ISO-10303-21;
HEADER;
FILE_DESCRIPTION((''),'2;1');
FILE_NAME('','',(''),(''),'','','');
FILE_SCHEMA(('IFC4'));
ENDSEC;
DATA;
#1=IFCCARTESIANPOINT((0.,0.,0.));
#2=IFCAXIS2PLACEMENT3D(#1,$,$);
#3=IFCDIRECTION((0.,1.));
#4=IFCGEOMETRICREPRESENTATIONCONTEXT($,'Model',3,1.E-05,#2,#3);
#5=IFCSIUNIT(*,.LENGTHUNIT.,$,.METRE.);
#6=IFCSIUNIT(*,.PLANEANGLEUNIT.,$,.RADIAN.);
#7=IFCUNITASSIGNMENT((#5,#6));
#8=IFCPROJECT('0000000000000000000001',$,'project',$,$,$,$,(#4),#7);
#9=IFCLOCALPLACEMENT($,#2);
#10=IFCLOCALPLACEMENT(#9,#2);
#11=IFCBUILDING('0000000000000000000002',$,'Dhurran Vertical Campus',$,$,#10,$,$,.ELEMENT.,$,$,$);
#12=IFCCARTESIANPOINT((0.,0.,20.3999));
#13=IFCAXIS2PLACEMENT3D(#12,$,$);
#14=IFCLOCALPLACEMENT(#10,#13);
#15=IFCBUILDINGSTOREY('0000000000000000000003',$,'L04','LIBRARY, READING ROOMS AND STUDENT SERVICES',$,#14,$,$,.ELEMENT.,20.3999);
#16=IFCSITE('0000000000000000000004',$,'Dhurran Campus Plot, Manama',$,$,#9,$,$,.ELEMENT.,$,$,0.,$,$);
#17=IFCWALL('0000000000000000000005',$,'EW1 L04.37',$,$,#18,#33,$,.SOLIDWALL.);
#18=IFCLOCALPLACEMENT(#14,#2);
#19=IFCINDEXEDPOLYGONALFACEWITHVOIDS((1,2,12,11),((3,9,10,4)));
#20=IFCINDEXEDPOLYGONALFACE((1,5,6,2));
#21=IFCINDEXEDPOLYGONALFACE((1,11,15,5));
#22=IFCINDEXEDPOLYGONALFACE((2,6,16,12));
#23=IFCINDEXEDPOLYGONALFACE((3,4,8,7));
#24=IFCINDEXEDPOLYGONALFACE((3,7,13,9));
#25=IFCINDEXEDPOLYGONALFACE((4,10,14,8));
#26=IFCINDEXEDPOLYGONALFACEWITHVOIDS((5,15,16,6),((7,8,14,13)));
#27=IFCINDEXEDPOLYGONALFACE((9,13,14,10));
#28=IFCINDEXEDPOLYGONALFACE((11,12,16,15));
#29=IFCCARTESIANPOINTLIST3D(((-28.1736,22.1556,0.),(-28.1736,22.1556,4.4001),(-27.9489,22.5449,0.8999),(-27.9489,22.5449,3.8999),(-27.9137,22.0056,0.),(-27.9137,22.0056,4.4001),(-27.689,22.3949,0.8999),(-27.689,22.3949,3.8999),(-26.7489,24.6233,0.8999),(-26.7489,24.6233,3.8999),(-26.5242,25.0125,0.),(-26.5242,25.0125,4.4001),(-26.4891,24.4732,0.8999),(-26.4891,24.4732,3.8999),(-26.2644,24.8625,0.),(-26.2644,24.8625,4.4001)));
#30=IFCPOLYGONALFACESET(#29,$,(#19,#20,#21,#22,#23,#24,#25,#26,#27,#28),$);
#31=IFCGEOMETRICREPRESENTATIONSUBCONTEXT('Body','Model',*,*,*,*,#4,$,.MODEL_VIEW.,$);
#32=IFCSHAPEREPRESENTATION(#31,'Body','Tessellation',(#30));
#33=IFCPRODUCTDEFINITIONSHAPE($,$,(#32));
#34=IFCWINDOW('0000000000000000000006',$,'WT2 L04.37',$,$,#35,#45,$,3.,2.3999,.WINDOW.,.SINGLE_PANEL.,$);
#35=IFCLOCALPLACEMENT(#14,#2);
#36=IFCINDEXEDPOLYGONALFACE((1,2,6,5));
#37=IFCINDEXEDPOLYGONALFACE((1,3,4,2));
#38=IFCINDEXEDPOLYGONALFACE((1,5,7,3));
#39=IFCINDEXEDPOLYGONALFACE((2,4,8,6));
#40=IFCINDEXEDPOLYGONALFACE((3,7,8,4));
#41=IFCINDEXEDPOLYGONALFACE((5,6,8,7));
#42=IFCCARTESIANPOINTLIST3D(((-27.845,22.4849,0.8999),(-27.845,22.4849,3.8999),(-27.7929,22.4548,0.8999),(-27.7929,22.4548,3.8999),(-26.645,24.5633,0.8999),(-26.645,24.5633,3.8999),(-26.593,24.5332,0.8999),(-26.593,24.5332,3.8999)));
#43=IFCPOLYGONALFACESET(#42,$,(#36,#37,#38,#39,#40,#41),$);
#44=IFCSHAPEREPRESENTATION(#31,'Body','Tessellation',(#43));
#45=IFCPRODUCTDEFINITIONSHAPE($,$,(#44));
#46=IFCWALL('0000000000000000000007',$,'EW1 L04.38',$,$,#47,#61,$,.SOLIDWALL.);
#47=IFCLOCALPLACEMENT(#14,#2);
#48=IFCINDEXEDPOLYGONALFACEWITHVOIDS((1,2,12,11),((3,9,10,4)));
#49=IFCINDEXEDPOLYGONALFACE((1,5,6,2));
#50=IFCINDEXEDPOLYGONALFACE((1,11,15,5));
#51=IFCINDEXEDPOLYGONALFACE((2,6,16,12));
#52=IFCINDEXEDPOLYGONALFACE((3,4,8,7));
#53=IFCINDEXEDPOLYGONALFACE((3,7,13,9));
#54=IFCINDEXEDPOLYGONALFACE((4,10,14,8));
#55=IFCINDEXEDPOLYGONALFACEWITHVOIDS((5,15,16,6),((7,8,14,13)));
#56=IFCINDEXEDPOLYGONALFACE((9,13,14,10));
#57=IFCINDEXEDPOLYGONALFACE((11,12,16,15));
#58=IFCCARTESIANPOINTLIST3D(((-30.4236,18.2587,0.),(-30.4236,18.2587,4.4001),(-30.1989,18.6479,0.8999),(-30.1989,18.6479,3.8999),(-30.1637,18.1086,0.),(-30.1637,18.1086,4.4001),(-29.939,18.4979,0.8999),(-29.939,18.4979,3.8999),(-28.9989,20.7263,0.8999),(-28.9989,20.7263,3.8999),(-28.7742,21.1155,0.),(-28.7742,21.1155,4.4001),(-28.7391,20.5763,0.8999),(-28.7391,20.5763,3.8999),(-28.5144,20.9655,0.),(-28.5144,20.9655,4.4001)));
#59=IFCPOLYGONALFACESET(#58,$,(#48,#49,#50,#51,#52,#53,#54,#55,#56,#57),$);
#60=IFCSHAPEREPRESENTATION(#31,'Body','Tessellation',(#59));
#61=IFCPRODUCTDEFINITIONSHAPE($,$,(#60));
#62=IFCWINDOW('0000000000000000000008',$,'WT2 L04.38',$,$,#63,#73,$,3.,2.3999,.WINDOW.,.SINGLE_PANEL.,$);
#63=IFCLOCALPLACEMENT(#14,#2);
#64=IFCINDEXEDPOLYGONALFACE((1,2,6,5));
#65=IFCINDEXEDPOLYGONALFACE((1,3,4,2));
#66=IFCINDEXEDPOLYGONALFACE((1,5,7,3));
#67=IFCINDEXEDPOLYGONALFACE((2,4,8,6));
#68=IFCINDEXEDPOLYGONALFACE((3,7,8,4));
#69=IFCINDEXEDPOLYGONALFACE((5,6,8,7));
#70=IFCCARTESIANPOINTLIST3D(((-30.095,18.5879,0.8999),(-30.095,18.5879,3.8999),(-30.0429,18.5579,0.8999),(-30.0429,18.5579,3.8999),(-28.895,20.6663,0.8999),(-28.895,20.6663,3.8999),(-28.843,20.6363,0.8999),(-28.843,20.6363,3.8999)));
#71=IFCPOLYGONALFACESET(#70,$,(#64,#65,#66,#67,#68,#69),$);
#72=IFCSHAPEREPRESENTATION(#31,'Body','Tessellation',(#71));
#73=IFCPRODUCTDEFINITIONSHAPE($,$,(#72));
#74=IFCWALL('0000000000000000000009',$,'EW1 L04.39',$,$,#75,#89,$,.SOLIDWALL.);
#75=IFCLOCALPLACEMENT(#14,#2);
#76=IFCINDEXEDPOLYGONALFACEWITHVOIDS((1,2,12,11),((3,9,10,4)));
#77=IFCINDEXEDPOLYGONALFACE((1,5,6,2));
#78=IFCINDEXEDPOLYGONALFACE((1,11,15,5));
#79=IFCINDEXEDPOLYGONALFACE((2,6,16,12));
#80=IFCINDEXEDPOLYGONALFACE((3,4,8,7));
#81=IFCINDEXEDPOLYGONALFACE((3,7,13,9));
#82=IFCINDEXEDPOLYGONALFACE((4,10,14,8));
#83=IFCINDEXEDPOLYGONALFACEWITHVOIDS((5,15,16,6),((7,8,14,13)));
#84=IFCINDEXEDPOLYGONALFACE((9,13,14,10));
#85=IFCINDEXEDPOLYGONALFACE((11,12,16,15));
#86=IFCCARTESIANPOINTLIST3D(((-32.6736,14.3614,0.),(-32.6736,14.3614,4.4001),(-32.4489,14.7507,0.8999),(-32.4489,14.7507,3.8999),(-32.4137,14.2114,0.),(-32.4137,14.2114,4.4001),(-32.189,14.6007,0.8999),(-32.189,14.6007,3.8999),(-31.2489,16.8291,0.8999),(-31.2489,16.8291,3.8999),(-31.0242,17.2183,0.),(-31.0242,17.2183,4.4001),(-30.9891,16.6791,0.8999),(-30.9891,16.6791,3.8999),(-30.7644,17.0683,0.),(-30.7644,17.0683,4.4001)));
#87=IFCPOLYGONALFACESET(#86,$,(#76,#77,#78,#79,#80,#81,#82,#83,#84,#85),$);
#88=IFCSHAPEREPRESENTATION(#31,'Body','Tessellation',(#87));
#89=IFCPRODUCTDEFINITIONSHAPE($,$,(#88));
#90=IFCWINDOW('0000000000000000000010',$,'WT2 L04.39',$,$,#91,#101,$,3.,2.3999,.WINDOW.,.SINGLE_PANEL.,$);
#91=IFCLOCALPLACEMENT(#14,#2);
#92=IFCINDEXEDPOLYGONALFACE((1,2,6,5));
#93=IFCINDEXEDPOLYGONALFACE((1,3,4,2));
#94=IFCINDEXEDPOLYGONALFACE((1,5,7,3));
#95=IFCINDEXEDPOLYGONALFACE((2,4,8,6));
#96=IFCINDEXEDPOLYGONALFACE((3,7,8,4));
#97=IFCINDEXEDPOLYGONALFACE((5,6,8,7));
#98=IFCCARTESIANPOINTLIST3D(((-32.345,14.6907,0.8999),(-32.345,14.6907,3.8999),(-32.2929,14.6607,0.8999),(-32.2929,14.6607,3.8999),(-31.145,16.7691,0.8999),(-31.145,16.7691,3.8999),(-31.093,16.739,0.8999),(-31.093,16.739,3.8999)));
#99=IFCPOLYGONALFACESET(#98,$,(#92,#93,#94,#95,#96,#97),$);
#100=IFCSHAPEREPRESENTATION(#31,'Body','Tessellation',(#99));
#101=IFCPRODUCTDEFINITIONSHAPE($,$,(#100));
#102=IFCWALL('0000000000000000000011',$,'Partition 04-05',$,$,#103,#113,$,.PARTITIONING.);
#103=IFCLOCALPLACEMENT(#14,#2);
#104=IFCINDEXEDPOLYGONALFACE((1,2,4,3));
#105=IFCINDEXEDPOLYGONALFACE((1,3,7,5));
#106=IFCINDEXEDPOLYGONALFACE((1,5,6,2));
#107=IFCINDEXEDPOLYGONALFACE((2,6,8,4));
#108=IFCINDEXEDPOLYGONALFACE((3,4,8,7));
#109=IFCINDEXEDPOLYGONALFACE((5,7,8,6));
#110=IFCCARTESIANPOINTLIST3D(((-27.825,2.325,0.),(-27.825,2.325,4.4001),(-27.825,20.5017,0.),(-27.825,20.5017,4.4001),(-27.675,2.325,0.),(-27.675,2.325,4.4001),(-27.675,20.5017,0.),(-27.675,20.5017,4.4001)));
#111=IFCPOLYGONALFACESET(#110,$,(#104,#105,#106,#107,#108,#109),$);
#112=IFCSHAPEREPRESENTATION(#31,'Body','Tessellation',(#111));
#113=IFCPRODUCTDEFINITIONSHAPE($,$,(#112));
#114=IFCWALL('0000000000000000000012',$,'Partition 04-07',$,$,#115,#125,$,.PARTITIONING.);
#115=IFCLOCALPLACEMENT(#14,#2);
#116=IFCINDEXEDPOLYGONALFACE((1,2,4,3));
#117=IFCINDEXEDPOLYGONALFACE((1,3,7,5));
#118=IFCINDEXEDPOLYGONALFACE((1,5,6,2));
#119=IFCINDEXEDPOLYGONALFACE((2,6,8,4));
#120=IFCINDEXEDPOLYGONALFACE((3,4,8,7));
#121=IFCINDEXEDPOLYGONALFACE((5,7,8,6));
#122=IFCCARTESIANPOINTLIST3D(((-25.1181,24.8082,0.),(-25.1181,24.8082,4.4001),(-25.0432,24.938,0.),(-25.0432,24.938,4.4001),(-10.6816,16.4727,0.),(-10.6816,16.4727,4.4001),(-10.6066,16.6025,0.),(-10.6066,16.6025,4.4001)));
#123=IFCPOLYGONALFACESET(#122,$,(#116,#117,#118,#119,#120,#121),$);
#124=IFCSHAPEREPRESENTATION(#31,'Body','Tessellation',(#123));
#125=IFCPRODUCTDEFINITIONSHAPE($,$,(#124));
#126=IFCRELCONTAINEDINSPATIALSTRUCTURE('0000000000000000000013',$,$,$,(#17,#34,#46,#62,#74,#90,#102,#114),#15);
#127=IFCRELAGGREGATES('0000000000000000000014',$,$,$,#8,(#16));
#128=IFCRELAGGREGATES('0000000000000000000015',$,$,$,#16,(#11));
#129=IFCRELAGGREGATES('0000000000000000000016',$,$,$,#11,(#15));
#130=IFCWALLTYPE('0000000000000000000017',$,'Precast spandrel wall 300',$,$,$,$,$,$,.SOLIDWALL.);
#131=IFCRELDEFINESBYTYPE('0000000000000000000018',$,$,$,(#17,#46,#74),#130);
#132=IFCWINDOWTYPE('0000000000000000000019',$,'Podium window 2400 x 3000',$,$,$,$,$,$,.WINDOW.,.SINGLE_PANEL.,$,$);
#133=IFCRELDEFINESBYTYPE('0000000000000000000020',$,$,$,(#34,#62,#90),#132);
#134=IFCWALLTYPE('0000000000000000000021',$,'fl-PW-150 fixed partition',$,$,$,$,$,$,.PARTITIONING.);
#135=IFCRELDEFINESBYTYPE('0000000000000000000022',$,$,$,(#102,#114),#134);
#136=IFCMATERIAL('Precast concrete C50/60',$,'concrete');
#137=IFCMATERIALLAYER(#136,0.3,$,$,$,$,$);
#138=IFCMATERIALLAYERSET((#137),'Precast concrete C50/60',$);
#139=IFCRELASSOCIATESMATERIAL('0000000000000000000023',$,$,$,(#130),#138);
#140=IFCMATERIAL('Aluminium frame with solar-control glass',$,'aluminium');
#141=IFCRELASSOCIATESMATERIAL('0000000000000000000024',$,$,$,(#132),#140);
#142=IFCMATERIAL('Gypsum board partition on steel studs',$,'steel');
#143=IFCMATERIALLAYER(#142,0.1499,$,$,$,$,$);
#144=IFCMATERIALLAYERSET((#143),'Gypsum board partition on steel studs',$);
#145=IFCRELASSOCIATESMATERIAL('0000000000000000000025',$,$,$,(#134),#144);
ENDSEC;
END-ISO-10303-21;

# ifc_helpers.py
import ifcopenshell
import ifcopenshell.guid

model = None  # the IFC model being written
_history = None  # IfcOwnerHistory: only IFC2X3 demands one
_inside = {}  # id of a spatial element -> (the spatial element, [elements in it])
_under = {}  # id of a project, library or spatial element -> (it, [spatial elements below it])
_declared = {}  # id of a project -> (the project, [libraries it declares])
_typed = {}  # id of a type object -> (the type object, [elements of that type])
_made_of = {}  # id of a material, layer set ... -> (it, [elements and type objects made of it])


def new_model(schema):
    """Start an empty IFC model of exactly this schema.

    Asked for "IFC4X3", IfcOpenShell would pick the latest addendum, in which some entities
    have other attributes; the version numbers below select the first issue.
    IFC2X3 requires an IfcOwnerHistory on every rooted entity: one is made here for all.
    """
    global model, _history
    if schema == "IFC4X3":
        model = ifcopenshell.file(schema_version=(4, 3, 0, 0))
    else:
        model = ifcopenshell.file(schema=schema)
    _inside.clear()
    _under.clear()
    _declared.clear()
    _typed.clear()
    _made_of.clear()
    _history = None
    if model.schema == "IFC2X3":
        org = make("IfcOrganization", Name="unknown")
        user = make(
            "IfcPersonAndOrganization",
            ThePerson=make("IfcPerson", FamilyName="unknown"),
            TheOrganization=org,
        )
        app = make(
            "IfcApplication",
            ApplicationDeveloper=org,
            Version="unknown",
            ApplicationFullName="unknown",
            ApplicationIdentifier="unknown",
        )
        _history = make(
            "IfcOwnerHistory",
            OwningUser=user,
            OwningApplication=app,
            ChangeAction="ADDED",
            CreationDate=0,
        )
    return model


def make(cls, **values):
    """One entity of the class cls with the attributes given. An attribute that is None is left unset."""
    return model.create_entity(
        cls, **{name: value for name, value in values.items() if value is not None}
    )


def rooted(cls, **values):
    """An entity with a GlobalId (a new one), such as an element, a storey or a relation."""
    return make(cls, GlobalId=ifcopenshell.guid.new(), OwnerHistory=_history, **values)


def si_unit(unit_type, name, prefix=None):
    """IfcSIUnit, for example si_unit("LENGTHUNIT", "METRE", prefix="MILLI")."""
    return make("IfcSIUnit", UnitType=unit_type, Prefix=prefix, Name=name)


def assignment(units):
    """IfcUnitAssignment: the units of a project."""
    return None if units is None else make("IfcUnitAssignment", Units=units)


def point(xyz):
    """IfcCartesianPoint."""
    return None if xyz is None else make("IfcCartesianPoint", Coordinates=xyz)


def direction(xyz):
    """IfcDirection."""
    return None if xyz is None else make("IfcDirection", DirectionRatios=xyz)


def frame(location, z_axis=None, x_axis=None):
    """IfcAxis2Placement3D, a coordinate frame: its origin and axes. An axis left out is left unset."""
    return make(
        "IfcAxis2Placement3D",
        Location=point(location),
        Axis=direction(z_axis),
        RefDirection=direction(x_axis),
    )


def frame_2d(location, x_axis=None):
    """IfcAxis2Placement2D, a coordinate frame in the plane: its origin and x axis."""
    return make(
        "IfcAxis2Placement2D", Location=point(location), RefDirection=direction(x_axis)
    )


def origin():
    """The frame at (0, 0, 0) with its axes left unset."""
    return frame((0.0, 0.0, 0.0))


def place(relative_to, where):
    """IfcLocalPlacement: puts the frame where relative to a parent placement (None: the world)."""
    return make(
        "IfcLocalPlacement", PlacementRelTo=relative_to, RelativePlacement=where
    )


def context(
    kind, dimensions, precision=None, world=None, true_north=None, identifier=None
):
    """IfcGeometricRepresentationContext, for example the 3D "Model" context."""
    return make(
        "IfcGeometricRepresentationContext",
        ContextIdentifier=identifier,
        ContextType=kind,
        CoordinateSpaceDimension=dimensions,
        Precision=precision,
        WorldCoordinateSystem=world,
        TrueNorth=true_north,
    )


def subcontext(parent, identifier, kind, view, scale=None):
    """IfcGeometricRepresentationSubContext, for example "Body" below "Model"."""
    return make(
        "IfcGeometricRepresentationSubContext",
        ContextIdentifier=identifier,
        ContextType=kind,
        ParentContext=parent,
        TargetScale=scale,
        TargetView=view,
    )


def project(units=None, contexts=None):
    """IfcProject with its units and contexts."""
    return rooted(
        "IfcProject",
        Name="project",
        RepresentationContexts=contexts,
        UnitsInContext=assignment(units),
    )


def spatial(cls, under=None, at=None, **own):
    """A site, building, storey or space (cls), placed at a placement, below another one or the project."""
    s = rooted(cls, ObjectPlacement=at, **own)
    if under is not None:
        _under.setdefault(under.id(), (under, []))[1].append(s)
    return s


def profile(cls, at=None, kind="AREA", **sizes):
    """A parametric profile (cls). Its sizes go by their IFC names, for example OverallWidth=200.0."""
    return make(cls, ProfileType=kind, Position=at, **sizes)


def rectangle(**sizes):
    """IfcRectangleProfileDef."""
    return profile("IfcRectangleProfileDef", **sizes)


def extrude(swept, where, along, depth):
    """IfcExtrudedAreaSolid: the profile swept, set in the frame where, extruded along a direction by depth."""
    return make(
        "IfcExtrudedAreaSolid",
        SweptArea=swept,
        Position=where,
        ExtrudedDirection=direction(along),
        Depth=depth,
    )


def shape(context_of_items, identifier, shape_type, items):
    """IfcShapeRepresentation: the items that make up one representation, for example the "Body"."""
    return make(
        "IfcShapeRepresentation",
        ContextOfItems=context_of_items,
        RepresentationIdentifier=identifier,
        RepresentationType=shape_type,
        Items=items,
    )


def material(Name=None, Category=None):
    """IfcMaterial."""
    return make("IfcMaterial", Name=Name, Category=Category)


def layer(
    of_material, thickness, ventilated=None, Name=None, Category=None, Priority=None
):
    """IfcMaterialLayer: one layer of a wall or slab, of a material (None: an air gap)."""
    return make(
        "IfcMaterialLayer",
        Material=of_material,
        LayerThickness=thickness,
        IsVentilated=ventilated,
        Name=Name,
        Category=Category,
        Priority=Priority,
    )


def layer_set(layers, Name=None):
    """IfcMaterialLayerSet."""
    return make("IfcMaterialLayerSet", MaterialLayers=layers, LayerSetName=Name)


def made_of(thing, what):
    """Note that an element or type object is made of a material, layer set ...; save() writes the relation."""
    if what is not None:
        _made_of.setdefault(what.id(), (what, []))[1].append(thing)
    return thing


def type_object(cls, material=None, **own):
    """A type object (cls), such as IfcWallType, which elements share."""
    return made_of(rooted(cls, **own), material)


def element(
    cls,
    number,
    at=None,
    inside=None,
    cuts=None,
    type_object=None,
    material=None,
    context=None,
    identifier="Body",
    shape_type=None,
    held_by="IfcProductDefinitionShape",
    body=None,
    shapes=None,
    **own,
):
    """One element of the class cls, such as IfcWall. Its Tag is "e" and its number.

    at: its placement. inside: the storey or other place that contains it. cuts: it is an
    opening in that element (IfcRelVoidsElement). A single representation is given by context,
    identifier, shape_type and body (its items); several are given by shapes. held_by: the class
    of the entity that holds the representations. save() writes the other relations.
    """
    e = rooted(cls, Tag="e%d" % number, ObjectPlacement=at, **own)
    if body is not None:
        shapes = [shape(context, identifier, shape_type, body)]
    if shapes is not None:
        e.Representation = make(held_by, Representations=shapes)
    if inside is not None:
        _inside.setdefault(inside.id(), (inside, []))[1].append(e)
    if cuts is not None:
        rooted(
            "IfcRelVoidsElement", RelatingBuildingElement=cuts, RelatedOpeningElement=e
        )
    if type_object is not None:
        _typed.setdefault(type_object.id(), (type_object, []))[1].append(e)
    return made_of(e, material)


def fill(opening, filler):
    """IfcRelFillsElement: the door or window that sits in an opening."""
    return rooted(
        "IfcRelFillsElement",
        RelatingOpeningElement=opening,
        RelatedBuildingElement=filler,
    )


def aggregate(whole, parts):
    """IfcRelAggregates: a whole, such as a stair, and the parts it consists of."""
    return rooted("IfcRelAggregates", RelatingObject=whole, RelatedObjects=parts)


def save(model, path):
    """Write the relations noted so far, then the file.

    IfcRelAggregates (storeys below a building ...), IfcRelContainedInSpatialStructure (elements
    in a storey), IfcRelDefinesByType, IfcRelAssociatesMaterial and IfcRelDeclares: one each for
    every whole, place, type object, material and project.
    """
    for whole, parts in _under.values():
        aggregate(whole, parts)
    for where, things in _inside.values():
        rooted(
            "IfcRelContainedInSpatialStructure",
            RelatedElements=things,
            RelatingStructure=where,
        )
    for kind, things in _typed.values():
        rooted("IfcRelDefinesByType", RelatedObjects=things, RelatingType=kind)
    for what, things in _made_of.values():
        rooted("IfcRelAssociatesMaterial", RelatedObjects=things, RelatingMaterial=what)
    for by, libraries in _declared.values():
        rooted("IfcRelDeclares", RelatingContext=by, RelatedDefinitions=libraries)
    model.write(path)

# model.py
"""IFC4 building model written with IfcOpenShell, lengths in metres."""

from ifc_helpers import new_model, si_unit, direction, frame, frame_2d, origin, place, context, subcontext, project, spatial, rectangle, extrude, material, layer, layer_set, type_object, element, fill, save


model = new_model("IFC4")

# Units and contexts
model_context = context("Model", 3, precision=1e-05, world=origin(), true_north=direction((0.0, 1.0)))
body_context = subcontext(model_context, "Body", "Model", "MODEL_VIEW")
ifc_project = project(units=[si_unit("LENGTHUNIT", "METRE"), si_unit("PLANEANGLEUNIT", "RADIAN")], contexts=[model_context])

# Site, building, storey
site_placement = place(None, origin())
site = spatial("IfcSite", under=ifc_project, at=site_placement, Name="Dhurran Campus Plot, Manama", CompositionType="ELEMENT", RefElevation=0.0)
building_placement = place(site_placement, origin())
building = spatial("IfcBuilding", under=site, at=building_placement, Name="Dhurran Vertical Campus", CompositionType="ELEMENT")
storey_placement = place(building_placement, frame((0.0, 0.0, 20.3999)))
storey = spatial("IfcBuildingStorey", under=building, at=storey_placement, Name="L04", Description="LIBRARY, READING ROOMS AND STUDENT SERVICES", CompositionType="ELEMENT", Elevation=20.3999)

# Walls, openings, windows
ifc_material_1 = material(Name="Precast concrete C50/60", Category="concrete")
ifc_layer_1 = layer(ifc_material_1, 0.3)
ifc_layer_set_1 = layer_set([ifc_layer_1], Name="Precast concrete C50/60")
wall_type_1 = type_object("IfcWallType", Name="Precast spandrel wall 300", PredefinedType="SOLIDWALL", material=ifc_layer_set_1)
ifc_material_2 = material(Name="Aluminium frame with solar-control glass", Category="aluminium")
window_type = type_object("IfcWindowType", Name="Podium window 2400 x 3000", PartitioningType="SINGLE_PANEL", PredefinedType="WINDOW", material=ifc_material_2)
wall_1_placement = place(storey_placement, frame((-26.3943, 24.9375, 0.0), z_axis=(0.0, 0.0, 1.0), x_axis=(-0.499992, -0.86603, 0.0)))
wall_1 = element("IfcWall", 1, at=wall_1_placement, inside=storey, type_object=wall_type_1, Name="EW1 L04.37", PredefinedType="SOLIDWALL", context=body_context, shape_type="SweptSolid", body=[
    extrude(rectangle(XDim=3.2988, YDim=0.3, at=frame_2d((1.6494, 0.0))), origin(), (0.0, 0.0, 1.0), 4.4001),
])
opening_1_placement = place(wall_1_placement, frame((0.4495, 0.0, 0.8999)))
opening_1 = element("IfcOpeningElement", 2, at=opening_1_placement, cuts=wall_1, PredefinedType="OPENING", context=body_context, shape_type="SweptSolid", body=[
    extrude(rectangle(XDim=2.3999, YDim=3.0, at=frame_2d((1.2, 1.5))), frame((0.0, 0.1599, 0.0), z_axis=(0.0, -1.0, 0.0), x_axis=(1.0, 0.0, 0.0)), (0.0, 0.0, 1.0), 0.3201),
])
window_1_placement = place(opening_1_placement, origin())
window_1 = element("IfcWindow", 3, at=window_1_placement, inside=storey, type_object=window_type, Name="WT2 L04.37", OverallHeight=3.0, OverallWidth=2.3999, PartitioningType="SINGLE_PANEL", PredefinedType="WINDOW", context=body_context, shape_type="SweptSolid", body=[
    extrude(rectangle(XDim=2.3999, YDim=3.0, at=frame_2d((1.2, 1.5))), frame((0.0, 0.03, 0.0), z_axis=(0.0, -1.0, 0.0), x_axis=(1.0, 0.0, 0.0)), (0.0, 0.0, 1.0), 0.0601),
])
fill(opening_1, window_1)
wall_2_placement = place(storey_placement, frame((-28.6443, 21.0405, 0.0), z_axis=(0.0, 0.0, 1.0), x_axis=(-0.499992, -0.86603, 0.0)))
wall_2 = element("IfcWall", 4, at=wall_2_placement, inside=storey, type_object=wall_type_1, Name="EW1 L04.38", PredefinedType="SOLIDWALL", context=body_context, shape_type="SweptSolid", body=[
    extrude(rectangle(XDim=3.2988, YDim=0.3, at=frame_2d((1.6494, 0.0))), origin(), (0.0, 0.0, 1.0), 4.4001),
])
opening_2_placement = place(wall_2_placement, frame((0.4495, 0.0, 0.8999)))
opening_2 = element("IfcOpeningElement", 5, at=opening_2_placement, cuts=wall_2, PredefinedType="OPENING", context=body_context, shape_type="SweptSolid", body=[
    extrude(rectangle(XDim=2.3999, YDim=3.0, at=frame_2d((1.2, 1.5))), frame((0.0, 0.1599, 0.0), z_axis=(0.0, -1.0, 0.0), x_axis=(1.0, 0.0, 0.0)), (0.0, 0.0, 1.0), 0.3201),
])
window_2_placement = place(opening_2_placement, origin())
window_2 = element("IfcWindow", 6, at=window_2_placement, inside=storey, type_object=window_type, Name="WT2 L04.38", OverallHeight=3.0, OverallWidth=2.3999, PartitioningType="SINGLE_PANEL", PredefinedType="WINDOW", context=body_context, shape_type="SweptSolid", body=[
    extrude(rectangle(XDim=2.3999, YDim=3.0, at=frame_2d((1.2, 1.5))), frame((0.0, 0.03, 0.0), z_axis=(0.0, -1.0, 0.0), x_axis=(1.0, 0.0, 0.0)), (0.0, 0.0, 1.0), 0.0601),
])
fill(opening_2, window_2)
wall_3_placement = place(storey_placement, frame((-30.8943, 17.1433, 0.0), z_axis=(0.0, 0.0, 1.0), x_axis=(-0.499992, -0.86603, 0.0)))
wall_3 = element("IfcWall", 7, at=wall_3_placement, inside=storey, type_object=wall_type_1, Name="EW1 L04.39", PredefinedType="SOLIDWALL", context=body_context, shape_type="SweptSolid", body=[
    extrude(rectangle(XDim=3.2988, YDim=0.3, at=frame_2d((1.6494, 0.0))), origin(), (0.0, 0.0, 1.0), 4.4001),
])
opening_3_placement = place(wall_3_placement, frame((0.4495, 0.0, 0.8999)))
opening_3 = element("IfcOpeningElement", 8, at=opening_3_placement, cuts=wall_3, PredefinedType="OPENING", context=body_context, shape_type="SweptSolid", body=[
    extrude(rectangle(XDim=2.3999, YDim=3.0, at=frame_2d((1.2, 1.5))), frame((0.0, 0.1599, 0.0), z_axis=(0.0, -1.0, 0.0), x_axis=(1.0, 0.0, 0.0)), (0.0, 0.0, 1.0), 0.3201),
])
window_3_placement = place(opening_3_placement, origin())
window_3 = element("IfcWindow", 9, at=window_3_placement, inside=storey, type_object=window_type, Name="WT2 L04.39", OverallHeight=3.0, OverallWidth=2.3999, PartitioningType="SINGLE_PANEL", PredefinedType="WINDOW", context=body_context, shape_type="SweptSolid", body=[
    extrude(rectangle(XDim=2.3999, YDim=3.0, at=frame_2d((1.2, 1.5))), frame((0.0, 0.03, 0.0), z_axis=(0.0, -1.0, 0.0), x_axis=(1.0, 0.0, 0.0)), (0.0, 0.0, 1.0), 0.0601),
])
fill(opening_3, window_3)

# Walls
ifc_material_3 = material(Name="Gypsum board partition on steel studs", Category="steel")
ifc_layer_2 = layer(ifc_material_3, 0.1499)
ifc_layer_set_2 = layer_set([ifc_layer_2], Name="Gypsum board partition on steel studs")
wall_type_2 = type_object("IfcWallType", Name="fl-PW-150 fixed partition", PredefinedType="PARTITIONING", material=ifc_layer_set_2)
wall_4_placement = place(storey_placement, frame((-27.75, 20.5017, 0.0), z_axis=(0.0, 0.0, 1.0), x_axis=(0.0, -1.0, 0.0)))
element("IfcWall", 10, at=wall_4_placement, inside=storey, type_object=wall_type_2, Name="Partition 04-05", PredefinedType="PARTITIONING", context=body_context, shape_type="SweptSolid", body=[
    extrude(rectangle(XDim=18.1768, YDim=0.1499, at=frame_2d((9.0884, 0.0))), origin(), (0.0, 0.0, 1.0), 4.4001),
])
wall_5_placement = place(storey_placement, frame((-25.0806, 24.873, 0.0), z_axis=(0.0, 0.0, 1.0), x_axis=(0.866012, -0.500023, 0.0)))
element("IfcWall", 11, at=wall_5_placement, inside=storey, type_object=wall_type_2, Name="Partition 04-07", PredefinedType="PARTITIONING", context=body_context, shape_type="SweptSolid", body=[
    extrude(rectangle(XDim=16.6702, YDim=0.1499, at=frame_2d((8.335, 0.0))), origin(), (0.0, 0.0, 1.0), 4.4001),
])

save(model, "model.ifc")
